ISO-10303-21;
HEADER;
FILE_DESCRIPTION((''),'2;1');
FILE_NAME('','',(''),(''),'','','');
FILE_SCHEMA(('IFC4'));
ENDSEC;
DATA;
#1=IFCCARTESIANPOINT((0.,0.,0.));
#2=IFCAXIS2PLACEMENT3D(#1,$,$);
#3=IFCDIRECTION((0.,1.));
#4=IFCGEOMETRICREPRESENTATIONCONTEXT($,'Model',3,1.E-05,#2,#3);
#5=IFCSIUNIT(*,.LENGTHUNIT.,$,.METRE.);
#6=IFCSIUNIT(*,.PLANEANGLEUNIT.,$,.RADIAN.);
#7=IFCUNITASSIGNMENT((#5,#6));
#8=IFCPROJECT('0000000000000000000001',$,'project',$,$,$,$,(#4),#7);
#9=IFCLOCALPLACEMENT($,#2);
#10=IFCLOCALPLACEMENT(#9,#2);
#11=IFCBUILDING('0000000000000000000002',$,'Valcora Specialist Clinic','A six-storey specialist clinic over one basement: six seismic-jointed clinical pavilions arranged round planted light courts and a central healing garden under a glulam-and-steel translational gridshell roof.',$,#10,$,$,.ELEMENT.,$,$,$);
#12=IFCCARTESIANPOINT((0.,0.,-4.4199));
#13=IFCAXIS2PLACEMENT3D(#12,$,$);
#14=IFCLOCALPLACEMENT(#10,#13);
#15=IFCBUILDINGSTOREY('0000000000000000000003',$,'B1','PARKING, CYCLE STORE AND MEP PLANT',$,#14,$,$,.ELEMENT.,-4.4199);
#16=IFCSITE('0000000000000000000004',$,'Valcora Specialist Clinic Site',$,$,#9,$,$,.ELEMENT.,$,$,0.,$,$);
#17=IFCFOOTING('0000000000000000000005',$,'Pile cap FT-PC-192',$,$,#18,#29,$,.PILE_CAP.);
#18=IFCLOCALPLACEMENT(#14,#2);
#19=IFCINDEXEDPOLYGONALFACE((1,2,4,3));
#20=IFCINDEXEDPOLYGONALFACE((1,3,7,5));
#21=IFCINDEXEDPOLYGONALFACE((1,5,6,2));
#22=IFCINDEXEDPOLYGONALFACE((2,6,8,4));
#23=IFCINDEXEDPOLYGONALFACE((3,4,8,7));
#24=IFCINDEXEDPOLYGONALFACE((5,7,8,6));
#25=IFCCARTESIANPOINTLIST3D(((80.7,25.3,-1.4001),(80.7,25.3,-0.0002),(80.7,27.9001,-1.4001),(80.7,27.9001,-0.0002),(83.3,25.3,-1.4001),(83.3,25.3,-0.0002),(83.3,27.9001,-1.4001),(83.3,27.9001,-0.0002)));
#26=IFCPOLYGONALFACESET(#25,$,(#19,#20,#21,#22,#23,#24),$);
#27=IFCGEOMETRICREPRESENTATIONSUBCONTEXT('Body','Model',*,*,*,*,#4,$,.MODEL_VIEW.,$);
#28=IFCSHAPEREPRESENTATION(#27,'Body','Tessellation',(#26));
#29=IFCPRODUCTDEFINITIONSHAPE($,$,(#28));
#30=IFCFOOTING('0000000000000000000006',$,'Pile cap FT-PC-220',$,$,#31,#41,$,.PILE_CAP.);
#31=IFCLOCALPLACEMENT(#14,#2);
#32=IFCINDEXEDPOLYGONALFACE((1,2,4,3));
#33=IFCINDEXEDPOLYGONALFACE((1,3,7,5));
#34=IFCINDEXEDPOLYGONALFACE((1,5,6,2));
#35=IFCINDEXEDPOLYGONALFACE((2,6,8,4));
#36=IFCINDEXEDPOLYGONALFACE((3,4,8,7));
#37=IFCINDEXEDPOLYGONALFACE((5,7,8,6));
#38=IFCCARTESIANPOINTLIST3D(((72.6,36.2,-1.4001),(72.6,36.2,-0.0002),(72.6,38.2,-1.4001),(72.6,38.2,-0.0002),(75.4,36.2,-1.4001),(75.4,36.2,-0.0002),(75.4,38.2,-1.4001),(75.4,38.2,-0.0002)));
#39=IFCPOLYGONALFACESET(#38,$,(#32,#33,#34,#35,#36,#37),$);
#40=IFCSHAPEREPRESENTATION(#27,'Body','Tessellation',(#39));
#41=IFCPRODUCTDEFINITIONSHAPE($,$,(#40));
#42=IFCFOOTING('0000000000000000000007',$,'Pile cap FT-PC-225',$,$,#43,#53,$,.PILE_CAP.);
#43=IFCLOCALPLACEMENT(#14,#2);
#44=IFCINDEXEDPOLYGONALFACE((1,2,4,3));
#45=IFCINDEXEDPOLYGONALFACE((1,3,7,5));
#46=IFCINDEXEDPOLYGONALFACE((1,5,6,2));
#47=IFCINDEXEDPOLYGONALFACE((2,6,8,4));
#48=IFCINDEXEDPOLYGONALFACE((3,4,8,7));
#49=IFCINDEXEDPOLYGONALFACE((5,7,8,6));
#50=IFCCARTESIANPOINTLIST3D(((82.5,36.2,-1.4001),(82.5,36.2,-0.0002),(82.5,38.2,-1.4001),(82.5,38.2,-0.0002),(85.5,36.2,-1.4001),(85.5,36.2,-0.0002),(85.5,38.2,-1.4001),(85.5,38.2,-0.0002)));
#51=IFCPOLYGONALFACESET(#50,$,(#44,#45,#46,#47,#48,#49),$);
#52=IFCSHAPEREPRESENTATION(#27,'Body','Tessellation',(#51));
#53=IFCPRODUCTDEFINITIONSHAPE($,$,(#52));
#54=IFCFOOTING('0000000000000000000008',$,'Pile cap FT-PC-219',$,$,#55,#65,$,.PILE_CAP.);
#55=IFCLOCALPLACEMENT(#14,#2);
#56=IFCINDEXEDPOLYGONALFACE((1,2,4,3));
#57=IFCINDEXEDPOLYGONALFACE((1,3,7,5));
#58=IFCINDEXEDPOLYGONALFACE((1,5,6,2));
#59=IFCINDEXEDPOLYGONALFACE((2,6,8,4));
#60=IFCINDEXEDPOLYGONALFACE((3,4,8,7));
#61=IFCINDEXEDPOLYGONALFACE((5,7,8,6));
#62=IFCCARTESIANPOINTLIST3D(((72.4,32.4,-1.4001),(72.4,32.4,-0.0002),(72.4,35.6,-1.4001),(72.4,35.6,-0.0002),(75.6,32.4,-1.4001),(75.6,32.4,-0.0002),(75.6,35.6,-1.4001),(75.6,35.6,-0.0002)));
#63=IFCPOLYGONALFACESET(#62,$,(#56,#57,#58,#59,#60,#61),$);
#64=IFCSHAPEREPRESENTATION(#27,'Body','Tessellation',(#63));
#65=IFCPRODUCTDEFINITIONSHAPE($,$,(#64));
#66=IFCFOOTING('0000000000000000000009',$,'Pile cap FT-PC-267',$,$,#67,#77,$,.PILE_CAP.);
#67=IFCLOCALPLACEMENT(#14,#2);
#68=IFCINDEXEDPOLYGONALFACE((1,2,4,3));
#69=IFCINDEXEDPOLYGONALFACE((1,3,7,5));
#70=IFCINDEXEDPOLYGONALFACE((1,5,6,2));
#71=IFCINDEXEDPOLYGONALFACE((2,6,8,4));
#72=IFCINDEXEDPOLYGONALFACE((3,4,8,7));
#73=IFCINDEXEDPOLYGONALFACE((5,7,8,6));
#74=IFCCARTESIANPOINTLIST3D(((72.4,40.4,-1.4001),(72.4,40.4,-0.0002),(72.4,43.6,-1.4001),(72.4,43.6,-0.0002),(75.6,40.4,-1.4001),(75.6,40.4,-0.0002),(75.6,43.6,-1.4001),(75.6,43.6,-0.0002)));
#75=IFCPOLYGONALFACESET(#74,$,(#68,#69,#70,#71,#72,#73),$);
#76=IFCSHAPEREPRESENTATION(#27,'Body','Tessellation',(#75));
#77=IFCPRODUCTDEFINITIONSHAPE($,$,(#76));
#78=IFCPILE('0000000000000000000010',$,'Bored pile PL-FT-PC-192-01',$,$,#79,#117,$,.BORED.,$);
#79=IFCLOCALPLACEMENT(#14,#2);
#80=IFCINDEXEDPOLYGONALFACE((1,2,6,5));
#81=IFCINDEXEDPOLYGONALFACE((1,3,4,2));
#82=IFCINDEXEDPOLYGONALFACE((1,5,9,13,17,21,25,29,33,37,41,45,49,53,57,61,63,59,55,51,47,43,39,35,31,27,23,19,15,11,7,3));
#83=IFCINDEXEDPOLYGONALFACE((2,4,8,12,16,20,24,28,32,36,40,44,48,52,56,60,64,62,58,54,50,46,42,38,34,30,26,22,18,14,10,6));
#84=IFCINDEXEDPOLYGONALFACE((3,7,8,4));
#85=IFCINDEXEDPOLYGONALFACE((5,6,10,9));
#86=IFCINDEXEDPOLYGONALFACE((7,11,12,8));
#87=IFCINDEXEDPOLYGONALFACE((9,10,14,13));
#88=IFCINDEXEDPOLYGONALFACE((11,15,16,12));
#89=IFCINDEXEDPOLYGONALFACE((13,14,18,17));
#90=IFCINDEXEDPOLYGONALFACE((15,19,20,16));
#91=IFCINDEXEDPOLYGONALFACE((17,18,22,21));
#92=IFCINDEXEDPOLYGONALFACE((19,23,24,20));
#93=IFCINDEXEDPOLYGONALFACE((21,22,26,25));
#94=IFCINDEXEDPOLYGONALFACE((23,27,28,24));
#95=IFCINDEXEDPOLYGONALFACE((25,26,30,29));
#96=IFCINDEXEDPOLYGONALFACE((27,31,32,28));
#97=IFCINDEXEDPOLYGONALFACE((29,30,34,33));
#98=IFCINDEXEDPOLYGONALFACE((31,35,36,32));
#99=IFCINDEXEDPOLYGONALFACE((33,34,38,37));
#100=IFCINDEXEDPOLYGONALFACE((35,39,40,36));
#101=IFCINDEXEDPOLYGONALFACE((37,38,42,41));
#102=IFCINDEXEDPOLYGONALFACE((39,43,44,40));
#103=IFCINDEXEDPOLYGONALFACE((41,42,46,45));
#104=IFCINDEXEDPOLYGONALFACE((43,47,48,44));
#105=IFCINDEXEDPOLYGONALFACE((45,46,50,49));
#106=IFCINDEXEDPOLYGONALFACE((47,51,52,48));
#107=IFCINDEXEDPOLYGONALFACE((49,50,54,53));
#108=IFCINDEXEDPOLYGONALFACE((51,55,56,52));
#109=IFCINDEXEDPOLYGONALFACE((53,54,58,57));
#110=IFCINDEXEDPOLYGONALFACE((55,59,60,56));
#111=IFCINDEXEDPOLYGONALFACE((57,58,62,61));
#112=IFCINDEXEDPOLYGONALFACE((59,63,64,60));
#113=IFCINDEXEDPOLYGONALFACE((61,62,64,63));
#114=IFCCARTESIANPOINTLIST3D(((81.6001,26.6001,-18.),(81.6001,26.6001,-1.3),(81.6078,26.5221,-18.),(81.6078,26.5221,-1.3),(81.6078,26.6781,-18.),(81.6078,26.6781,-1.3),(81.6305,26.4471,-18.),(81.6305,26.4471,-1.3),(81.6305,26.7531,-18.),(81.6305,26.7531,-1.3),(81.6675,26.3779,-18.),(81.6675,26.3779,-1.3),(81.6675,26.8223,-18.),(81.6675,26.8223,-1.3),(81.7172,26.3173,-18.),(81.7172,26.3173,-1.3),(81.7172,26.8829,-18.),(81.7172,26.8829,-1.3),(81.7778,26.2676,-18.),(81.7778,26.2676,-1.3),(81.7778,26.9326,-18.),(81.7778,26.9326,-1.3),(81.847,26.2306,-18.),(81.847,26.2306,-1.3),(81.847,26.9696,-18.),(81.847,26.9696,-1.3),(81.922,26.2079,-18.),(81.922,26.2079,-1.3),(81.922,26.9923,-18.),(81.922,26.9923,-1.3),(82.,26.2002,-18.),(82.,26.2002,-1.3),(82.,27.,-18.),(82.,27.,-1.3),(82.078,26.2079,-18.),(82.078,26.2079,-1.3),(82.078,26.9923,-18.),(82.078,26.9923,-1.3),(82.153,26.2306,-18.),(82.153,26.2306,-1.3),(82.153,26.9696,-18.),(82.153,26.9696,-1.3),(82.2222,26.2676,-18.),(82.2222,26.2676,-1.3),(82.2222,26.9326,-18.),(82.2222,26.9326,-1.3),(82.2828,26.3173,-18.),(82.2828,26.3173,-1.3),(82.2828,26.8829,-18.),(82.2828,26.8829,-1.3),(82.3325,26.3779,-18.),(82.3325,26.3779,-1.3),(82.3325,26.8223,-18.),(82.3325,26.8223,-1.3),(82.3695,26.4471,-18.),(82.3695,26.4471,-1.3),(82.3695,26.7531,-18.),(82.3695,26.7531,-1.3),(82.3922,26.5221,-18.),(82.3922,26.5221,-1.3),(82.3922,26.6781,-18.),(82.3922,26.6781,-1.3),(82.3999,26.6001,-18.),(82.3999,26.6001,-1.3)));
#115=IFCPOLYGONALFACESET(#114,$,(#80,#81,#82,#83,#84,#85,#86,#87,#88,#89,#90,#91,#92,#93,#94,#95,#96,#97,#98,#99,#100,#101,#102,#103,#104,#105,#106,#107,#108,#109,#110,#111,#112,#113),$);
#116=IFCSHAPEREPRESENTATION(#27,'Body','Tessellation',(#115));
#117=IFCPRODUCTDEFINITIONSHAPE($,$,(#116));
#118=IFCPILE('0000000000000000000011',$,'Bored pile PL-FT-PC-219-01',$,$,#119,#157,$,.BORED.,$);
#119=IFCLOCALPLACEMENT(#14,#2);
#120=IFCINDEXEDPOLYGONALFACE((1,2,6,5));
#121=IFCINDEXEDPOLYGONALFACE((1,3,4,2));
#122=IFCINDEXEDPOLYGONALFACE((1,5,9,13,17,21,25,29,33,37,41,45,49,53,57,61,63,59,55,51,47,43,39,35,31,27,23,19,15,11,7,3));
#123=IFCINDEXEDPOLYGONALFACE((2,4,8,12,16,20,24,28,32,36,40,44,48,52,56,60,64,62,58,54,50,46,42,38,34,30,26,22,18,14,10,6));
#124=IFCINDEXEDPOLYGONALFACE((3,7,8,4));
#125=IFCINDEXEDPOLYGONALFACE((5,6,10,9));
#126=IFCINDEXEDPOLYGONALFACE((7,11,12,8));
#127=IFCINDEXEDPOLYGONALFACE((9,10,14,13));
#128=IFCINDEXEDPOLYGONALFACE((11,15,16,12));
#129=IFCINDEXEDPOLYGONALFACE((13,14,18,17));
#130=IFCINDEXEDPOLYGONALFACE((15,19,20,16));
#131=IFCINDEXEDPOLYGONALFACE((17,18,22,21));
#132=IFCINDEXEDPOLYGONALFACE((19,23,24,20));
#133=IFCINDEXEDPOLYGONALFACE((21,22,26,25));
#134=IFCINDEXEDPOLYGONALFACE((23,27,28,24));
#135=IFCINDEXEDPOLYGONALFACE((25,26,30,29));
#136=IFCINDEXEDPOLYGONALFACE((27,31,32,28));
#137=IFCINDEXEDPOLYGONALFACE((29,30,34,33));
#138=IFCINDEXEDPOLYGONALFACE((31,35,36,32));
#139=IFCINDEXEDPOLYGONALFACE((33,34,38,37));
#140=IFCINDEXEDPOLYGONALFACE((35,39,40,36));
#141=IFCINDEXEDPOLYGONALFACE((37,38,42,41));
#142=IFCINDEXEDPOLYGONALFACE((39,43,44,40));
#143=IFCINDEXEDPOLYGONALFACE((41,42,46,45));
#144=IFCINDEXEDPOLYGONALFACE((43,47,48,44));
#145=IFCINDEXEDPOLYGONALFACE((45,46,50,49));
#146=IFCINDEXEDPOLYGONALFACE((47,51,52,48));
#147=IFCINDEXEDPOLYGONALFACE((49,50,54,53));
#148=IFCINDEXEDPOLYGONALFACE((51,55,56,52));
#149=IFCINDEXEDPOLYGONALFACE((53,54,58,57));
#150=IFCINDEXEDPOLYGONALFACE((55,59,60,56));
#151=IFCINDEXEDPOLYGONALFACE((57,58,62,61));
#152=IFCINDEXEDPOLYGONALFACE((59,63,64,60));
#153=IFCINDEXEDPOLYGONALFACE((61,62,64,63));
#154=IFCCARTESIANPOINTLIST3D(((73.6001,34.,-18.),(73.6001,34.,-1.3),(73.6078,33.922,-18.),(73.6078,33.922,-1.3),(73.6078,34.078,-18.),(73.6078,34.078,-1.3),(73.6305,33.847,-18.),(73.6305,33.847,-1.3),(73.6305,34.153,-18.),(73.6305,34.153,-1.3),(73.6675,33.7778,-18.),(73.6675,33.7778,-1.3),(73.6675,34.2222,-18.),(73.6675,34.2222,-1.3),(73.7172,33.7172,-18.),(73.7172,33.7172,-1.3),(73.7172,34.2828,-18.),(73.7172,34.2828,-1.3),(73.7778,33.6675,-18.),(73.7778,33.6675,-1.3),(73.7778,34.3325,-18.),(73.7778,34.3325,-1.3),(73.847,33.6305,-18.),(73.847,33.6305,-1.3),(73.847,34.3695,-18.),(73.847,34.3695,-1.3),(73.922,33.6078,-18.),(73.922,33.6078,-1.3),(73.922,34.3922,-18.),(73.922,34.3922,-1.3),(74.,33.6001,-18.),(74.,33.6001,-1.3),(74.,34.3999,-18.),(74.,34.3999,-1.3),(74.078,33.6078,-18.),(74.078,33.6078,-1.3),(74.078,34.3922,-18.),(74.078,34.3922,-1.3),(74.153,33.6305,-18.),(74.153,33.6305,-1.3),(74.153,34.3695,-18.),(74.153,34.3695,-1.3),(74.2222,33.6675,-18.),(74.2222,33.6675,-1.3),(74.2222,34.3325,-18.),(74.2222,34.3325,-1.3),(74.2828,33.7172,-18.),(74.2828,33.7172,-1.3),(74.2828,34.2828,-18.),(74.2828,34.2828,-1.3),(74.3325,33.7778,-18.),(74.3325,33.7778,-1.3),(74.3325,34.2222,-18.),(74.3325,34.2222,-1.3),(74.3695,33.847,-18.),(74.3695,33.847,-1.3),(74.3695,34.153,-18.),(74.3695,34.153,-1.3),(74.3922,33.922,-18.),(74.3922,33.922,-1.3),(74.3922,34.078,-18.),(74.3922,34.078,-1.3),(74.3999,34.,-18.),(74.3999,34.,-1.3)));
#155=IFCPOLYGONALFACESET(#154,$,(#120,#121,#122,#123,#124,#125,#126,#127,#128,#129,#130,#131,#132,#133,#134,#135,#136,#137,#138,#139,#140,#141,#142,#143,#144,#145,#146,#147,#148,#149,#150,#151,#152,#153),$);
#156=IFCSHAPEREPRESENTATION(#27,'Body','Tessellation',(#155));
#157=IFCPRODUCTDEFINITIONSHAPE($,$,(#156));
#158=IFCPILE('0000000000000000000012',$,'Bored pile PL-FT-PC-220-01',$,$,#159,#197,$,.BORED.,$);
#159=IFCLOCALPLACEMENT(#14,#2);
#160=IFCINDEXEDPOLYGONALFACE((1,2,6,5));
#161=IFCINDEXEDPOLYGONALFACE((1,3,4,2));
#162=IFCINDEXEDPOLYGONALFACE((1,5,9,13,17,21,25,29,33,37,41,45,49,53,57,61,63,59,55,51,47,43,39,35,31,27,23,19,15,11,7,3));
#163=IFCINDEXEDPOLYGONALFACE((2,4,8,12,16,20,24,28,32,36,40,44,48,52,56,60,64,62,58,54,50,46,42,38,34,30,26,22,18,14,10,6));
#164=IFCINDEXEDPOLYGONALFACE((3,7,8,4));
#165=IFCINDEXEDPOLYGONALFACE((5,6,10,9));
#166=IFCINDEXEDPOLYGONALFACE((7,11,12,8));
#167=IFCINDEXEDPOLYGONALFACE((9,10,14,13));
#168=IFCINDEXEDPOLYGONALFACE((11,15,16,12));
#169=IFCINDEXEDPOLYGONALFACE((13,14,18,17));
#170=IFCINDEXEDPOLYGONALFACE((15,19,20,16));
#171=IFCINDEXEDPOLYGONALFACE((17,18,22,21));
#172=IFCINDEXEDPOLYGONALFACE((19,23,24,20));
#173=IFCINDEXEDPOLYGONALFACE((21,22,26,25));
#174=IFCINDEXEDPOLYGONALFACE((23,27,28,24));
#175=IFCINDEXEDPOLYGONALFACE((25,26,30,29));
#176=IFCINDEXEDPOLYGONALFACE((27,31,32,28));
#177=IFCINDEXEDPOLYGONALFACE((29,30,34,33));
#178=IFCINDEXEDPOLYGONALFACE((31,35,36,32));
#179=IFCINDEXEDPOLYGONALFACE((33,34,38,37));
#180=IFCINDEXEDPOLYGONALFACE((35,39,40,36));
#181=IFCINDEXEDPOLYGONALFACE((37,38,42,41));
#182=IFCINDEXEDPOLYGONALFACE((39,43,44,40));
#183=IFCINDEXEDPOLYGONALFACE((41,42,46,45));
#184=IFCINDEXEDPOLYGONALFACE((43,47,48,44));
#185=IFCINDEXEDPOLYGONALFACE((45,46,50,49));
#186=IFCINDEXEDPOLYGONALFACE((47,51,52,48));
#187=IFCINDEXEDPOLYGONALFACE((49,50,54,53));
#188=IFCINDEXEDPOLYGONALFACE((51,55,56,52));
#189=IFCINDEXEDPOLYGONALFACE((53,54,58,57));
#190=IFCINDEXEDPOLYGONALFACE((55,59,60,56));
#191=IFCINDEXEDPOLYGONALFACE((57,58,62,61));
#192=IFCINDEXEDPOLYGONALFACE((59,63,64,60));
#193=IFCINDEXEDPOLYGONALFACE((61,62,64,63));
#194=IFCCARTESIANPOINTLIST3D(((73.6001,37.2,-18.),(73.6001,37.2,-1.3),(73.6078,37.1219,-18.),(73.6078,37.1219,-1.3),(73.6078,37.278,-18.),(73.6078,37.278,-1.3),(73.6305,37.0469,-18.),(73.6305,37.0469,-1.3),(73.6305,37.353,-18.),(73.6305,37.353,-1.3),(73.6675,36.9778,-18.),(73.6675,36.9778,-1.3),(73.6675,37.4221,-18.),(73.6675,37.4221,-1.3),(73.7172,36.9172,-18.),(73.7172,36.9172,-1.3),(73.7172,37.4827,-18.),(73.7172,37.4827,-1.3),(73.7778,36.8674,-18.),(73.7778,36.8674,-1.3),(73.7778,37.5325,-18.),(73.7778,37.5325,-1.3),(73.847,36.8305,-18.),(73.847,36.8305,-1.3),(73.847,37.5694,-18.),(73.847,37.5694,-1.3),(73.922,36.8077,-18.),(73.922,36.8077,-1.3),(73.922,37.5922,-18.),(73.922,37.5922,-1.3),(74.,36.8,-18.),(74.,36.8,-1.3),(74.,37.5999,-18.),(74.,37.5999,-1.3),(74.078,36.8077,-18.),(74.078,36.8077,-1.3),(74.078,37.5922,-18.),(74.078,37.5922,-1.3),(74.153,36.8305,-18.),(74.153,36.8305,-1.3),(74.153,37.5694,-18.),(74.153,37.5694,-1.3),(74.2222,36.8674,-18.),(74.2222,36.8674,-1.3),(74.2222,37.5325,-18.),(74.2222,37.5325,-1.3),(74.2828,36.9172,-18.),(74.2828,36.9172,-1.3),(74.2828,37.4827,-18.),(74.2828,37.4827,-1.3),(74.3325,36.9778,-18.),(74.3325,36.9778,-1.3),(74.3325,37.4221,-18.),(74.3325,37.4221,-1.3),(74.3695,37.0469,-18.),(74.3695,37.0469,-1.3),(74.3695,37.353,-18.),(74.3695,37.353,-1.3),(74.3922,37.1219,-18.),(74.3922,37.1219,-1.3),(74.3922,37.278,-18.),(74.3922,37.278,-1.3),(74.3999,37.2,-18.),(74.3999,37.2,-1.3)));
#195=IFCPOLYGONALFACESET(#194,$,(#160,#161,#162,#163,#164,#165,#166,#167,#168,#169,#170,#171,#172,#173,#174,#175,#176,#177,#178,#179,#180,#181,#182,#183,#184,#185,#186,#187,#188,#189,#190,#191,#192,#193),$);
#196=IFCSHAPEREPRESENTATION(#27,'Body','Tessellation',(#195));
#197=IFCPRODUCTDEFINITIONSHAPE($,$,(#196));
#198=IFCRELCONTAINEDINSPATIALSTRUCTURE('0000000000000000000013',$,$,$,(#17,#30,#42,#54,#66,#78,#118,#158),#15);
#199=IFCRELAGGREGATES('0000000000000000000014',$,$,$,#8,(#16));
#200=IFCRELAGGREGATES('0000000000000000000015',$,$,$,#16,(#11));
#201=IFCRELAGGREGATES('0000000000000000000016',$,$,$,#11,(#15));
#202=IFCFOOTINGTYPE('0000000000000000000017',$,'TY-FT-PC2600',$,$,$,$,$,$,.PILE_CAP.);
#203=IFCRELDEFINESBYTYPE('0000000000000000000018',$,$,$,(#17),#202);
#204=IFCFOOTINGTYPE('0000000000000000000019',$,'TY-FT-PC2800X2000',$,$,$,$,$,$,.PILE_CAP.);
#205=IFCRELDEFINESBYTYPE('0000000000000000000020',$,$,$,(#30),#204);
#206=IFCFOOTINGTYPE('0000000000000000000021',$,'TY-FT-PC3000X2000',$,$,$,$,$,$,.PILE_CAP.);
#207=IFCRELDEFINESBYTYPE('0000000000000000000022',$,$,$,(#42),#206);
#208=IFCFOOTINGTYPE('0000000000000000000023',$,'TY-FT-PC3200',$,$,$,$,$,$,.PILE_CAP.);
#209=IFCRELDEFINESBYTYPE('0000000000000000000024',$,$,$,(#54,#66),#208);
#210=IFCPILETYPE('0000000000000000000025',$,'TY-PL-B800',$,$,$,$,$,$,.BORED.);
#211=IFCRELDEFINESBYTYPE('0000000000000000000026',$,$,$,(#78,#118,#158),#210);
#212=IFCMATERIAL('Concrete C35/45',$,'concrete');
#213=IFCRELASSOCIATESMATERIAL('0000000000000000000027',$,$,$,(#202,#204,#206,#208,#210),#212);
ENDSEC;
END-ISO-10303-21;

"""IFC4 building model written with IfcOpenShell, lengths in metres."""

from ifc_helpers import new_model, si_unit, direction, frame, origin, origin_2d, place, context, subcontext, project, spatial, rectangle, circle, extrude, material, material_profile, profile_set, type_object, element, save


model = new_model("IFC4")

# Units and contexts
model_context = context("Model", 3, precision=1e-05, world=origin(), true_north=direction((0.0, 1.0)))
body_context = subcontext(model_context, "Body", "Model", "MODEL_VIEW")
ifc_project = project(units=[si_unit("LENGTHUNIT", "METRE"), si_unit("PLANEANGLEUNIT", "RADIAN")], contexts=[model_context])

# Site, building, storey
site_placement = place(None, origin())
site = spatial("IfcSite", under=ifc_project, at=site_placement, Name="Valcora Specialist Clinic Site", CompositionType="ELEMENT", RefElevation=0.0)
building_placement = place(site_placement, origin())
building = spatial("IfcBuilding", under=site, at=building_placement, Name="Valcora Specialist Clinic", Description="A six-storey specialist clinic over one basement: six seismic-jointed clinical pavilions arranged round planted light courts and a central healing garden under a glulam-and-steel translational gridshell roof.", CompositionType="ELEMENT")
storey_placement = place(building_placement, frame((0.0, 0.0, -4.4199)))
storey = spatial("IfcBuildingStorey", under=building, at=storey_placement, Name="B1", Description="PARKING, CYCLE STORE AND MEP PLANT", CompositionType="ELEMENT", Elevation=-4.4199)

# Footings
ifc_material_1 = material(Name="Concrete C35/45", Category="concrete")
footing_type_1 = type_object("IfcFootingType", Name="TY-FT-PC2600", PredefinedType="PILE_CAP", material=ifc_material_1)
footing_1_placement = place(storey_placement, frame((82.0, 26.6001, -1.4001), z_axis=(0.0, 0.0, 1.0), x_axis=(1.0, 0.0, 0.0)))
element("IfcFooting", 1, at=footing_1_placement, inside=storey, type_object=footing_type_1, Name="Pile cap FT-PC-192", PredefinedType="PILE_CAP", context=body_context, shape_type="SweptSolid", body=[
    extrude(rectangle(XDim=2.6001, YDim=2.6001, at=origin_2d()), origin(), (0.0, 0.0, 1.0), 1.3999),
])
footing_type_2 = type_object("IfcFootingType", Name="TY-FT-PC2800X2000", PredefinedType="PILE_CAP", material=ifc_material_1)
footing_2_placement = place(storey_placement, frame((74.0, 37.2, -1.4001), z_axis=(0.0, 0.0, 1.0), x_axis=(1.0, 0.0, 0.0)))
element("IfcFooting", 2, at=footing_2_placement, inside=storey, type_object=footing_type_2, Name="Pile cap FT-PC-220", PredefinedType="PILE_CAP", context=body_context, shape_type="SweptSolid", body=[
    extrude(rectangle(XDim=2.8, YDim=2.0, at=origin_2d()), origin(), (0.0, 0.0, 1.0), 1.3999),
])
footing_type_3 = type_object("IfcFootingType", Name="TY-FT-PC3000X2000", PredefinedType="PILE_CAP", material=ifc_material_1)
footing_3_placement = place(storey_placement, frame((84.0, 37.2, -1.4001), z_axis=(0.0, 0.0, 1.0), x_axis=(1.0, 0.0, 0.0)))
element("IfcFooting", 3, at=footing_3_placement, inside=storey, type_object=footing_type_3, Name="Pile cap FT-PC-225", PredefinedType="PILE_CAP", context=body_context, shape_type="SweptSolid", body=[
    extrude(rectangle(XDim=3.0, YDim=2.0, at=origin_2d()), origin(), (0.0, 0.0, 1.0), 1.3999),
])
footing_type_4 = type_object("IfcFootingType", Name="TY-FT-PC3200", PredefinedType="PILE_CAP", material=ifc_material_1)
for number, where, z_axis, x_axis, name in (
    (4, (74.0, 34.0, -1.4001), (0.0, 0.0, 1.0), (1.0, 0.0, 0.0), "Pile cap FT-PC-219"),
    (5, (74.0, 42.0, -1.4001), (0.0, 0.0, 1.0), (1.0, 0.0, 0.0), "Pile cap FT-PC-267"),
):
    element("IfcFooting", number, at=place(storey_placement, frame(where, z_axis=z_axis, x_axis=x_axis)), inside=storey, type_object=footing_type_4, Name=name, PredefinedType="PILE_CAP", context=body_context, shape_type="SweptSolid", body=[
        extrude(rectangle(XDim=3.2, YDim=3.2, at=origin_2d()), origin(), (0.0, 0.0, 1.0), 1.3999),
    ])

# Piles
ifc_material_profile_1 = material_profile(ifc_material_1, circle(Radius=0.3999, at=origin_2d()), Name="RC-PIL-D800")
ifc_profile_set_1 = profile_set([ifc_material_profile_1], Name="Concrete C35/45")
pile_type_1 = type_object("IfcPileType", Name="TY-PL-B800", PredefinedType="BORED", material=ifc_profile_set_1)
for number, where, z_axis, x_axis, name in (
    (6, (82.0, 26.6001, -1.3), (0.0, 0.0, -1.0), (1.0, 0.0, 0.0), "Bored pile PL-FT-PC-192-01"),
    (7, (74.0, 34.0, -1.3), (0.0, 0.0, -1.0), (1.0, 0.0, 0.0), "Bored pile PL-FT-PC-219-01"),
    (8, (74.0, 37.2, -1.3), (0.0, 0.0, -1.0), (1.0, 0.0, 0.0), "Bored pile PL-FT-PC-220-01"),
):
    element("IfcPile", number, at=place(storey_placement, frame(where, z_axis=z_axis, x_axis=x_axis)), inside=storey, type_object=pile_type_1, Name=name, PredefinedType="BORED", context=body_context, shape_type="SweptSolid", body=[
        extrude(circle(Radius=0.3999, at=origin_2d()), origin(), (0.0, 0.0, 1.0), 16.7),
    ])

save(model, "model.ifc")
